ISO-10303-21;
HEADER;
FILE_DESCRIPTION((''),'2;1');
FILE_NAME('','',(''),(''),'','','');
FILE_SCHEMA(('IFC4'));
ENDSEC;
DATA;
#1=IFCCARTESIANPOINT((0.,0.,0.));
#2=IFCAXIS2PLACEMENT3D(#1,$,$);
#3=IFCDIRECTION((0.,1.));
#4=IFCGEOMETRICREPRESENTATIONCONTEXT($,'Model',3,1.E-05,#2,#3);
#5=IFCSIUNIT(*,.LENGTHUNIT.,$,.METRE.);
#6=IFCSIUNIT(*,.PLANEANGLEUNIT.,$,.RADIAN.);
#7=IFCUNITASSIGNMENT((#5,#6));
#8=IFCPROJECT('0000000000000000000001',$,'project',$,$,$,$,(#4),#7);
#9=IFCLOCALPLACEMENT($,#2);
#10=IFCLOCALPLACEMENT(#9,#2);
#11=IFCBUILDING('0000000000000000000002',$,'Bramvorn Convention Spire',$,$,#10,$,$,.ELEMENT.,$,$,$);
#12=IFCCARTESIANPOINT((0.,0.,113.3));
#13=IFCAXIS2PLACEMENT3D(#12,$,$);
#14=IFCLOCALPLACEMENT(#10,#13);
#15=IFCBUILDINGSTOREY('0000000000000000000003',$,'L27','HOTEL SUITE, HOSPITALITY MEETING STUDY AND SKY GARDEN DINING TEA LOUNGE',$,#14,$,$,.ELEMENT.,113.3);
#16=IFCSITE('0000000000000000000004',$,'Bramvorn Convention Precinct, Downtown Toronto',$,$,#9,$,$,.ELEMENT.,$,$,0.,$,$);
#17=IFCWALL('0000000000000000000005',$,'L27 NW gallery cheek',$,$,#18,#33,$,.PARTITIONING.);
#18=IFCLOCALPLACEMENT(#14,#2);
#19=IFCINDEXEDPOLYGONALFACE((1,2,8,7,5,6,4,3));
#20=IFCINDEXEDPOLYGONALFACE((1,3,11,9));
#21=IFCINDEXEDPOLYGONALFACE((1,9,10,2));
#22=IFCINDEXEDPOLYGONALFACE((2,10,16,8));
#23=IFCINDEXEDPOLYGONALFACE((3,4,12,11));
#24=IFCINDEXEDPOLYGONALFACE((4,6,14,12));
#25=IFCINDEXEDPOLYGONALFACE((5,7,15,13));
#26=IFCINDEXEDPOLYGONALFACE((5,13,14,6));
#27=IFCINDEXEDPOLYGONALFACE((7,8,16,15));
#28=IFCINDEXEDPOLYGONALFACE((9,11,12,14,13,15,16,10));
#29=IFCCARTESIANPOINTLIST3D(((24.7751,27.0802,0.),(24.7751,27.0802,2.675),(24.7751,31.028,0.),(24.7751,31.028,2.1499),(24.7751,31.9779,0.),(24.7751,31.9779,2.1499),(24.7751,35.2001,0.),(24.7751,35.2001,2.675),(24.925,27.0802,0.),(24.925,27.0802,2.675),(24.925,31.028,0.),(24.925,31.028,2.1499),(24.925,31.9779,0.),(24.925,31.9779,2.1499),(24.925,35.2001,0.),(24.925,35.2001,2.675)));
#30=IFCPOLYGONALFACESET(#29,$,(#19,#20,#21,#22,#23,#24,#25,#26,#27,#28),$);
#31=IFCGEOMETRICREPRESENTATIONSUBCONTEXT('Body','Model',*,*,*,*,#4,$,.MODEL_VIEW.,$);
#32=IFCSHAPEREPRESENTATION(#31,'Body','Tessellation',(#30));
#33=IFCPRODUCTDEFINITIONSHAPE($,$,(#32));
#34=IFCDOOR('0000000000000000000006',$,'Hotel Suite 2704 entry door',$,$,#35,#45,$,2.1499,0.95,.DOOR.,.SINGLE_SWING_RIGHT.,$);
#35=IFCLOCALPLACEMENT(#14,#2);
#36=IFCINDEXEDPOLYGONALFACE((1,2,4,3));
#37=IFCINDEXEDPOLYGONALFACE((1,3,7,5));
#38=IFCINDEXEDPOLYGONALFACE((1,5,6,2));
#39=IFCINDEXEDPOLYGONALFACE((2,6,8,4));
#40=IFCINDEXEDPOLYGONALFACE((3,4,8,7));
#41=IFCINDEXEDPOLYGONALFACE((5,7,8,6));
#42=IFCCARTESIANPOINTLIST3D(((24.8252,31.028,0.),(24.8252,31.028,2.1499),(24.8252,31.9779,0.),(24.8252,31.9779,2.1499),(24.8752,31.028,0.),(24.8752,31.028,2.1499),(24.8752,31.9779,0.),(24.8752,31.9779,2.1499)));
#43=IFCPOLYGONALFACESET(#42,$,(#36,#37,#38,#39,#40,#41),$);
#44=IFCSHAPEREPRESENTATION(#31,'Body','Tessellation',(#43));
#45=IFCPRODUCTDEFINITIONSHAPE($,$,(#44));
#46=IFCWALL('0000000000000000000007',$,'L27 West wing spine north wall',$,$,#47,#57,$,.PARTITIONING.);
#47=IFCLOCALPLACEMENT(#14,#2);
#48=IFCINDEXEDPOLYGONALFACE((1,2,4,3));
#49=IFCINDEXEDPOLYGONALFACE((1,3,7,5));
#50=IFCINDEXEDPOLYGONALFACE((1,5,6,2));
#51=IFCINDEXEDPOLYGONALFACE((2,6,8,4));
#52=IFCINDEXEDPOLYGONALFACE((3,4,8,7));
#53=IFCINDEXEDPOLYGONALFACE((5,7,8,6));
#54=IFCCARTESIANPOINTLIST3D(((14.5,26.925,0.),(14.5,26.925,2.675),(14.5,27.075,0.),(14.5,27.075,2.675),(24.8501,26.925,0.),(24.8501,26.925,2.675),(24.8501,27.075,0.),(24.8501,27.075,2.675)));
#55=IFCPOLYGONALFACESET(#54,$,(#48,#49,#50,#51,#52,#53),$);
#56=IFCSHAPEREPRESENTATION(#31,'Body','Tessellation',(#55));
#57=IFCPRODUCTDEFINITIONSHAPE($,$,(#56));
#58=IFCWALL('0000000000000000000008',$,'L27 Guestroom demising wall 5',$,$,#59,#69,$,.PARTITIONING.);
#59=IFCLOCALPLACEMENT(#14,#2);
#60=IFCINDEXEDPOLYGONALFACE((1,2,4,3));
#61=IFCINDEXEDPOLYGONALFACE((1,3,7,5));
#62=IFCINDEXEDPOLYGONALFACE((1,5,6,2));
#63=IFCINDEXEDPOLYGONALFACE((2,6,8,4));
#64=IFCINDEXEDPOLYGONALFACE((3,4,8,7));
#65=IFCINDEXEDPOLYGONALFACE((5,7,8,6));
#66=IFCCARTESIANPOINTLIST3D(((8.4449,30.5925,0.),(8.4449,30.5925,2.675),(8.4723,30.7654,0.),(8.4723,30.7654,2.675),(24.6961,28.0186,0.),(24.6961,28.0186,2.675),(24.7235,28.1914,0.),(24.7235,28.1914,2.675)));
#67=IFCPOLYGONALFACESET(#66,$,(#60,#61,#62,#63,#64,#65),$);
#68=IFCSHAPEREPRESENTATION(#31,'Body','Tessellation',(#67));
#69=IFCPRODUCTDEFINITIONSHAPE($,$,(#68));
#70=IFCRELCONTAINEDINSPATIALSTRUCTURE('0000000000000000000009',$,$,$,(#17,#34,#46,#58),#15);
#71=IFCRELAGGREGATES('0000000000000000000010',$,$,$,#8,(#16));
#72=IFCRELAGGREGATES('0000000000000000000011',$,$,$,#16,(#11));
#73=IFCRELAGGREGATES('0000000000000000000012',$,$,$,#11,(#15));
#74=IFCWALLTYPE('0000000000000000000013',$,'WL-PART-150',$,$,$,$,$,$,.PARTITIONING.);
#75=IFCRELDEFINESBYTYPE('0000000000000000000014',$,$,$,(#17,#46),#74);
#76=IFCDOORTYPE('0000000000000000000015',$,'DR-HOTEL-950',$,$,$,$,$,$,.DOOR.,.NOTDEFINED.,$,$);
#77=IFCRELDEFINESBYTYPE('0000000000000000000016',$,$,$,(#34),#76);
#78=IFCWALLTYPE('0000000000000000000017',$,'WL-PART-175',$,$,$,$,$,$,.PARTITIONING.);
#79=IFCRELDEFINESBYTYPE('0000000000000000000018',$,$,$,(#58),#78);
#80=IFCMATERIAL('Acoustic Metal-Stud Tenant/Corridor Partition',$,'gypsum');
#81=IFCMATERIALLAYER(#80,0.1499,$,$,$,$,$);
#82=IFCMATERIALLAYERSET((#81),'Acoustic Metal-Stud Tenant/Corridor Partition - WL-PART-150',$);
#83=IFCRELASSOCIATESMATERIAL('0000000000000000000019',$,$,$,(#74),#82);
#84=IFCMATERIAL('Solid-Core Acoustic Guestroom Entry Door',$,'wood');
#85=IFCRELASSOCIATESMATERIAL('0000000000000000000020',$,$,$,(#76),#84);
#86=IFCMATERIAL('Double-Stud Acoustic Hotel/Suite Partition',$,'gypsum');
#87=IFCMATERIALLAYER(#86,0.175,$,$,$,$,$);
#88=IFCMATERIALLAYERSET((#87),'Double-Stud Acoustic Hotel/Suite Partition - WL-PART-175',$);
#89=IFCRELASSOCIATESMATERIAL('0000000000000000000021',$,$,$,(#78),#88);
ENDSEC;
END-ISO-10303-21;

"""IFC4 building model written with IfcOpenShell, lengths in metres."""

from ifc_helpers import new_model, si_unit, direction, frame, frame_2d, origin, place, context, subcontext, project, spatial, rectangle, extrude, material, layer, layer_set, type_object, element, fill, save


model = new_model("IFC4")

# Units and contexts
model_context = context("Model", 3, precision=1e-05, world=origin(), true_north=direction((0.0, 1.0)))
body_context = subcontext(model_context, "Body", "Model", "MODEL_VIEW")
ifc_project = project(units=[si_unit("LENGTHUNIT", "METRE"), si_unit("PLANEANGLEUNIT", "RADIAN")], contexts=[model_context])

# Site, building, storey
site_placement = place(None, origin())
site = spatial("IfcSite", under=ifc_project, at=site_placement, Name="Bramvorn Convention Precinct, Downtown Toronto", CompositionType="ELEMENT", RefElevation=0.0)
building_placement = place(site_placement, origin())
building = spatial("IfcBuilding", under=site, at=building_placement, Name="Bramvorn Convention Spire", CompositionType="ELEMENT")
storey_placement = place(building_placement, frame((0.0, 0.0, 113.3)))
storey = spatial("IfcBuildingStorey", under=building, at=storey_placement, Name="L27", Description="HOTEL SUITE, HOSPITALITY MEETING STUDY AND SKY GARDEN DINING TEA LOUNGE", CompositionType="ELEMENT", Elevation=113.3)

# Wall, opening, door
ifc_material_1 = material(Name="Acoustic Metal-Stud Tenant/Corridor Partition", Category="gypsum")
ifc_layer_1 = layer(ifc_material_1, 0.1499)
ifc_layer_set_1 = layer_set([ifc_layer_1], Name="Acoustic Metal-Stud Tenant/Corridor Partition - WL-PART-150")
wall_type_1 = type_object("IfcWallType", Name="WL-PART-150", PredefinedType="PARTITIONING", material=ifc_layer_set_1)
wall_1_placement = place(storey_placement, frame((24.8501, 27.0801, 0.0), z_axis=(0.0, 0.0, 1.0), x_axis=(0.0, 1.0, 0.0)))
wall_1 = element("IfcWall", 1, at=wall_1_placement, inside=storey, type_object=wall_type_1, Name="L27 NW gallery cheek", PredefinedType="PARTITIONING", context=body_context, shape_type="SweptSolid", body=[
    extrude(rectangle(XDim=8.1199, YDim=0.1499, at=frame_2d((4.0601, 0.0))), origin(), (0.0, 0.0, 1.0), 2.675),
])
opening_1_placement = place(wall_1_placement, frame((3.9478, 0.0, 0.0)))
opening_1 = element("IfcOpeningElement", 2, at=opening_1_placement, cuts=wall_1, PredefinedType="OPENING", context=body_context, shape_type="SweptSolid", body=[
    extrude(rectangle(XDim=0.95, YDim=2.1499, at=frame_2d((0.4751, 1.075))), frame((0.0, 0.085, 0.0), z_axis=(0.0, -1.0, 0.0), x_axis=(1.0, 0.0, 0.0)), (0.0, 0.0, 1.0), 0.1699),
])
ifc_material_2 = material(Name="Solid-Core Acoustic Guestroom Entry Door", Category="wood")
door_type_1 = type_object("IfcDoorType", Name="DR-HOTEL-950", OperationType="NOTDEFINED", PredefinedType="DOOR", material=ifc_material_2)
door_1_placement = place(opening_1_placement, origin())
door_1 = element("IfcDoor", 3, at=door_1_placement, inside=storey, type_object=door_type_1, Name="Hotel Suite 2704 entry door", OperationType="SINGLE_SWING_RIGHT", OverallHeight=2.1499, OverallWidth=0.95, PredefinedType="DOOR", context=body_context, shape_type="SweptSolid", body=[
    extrude(rectangle(XDim=0.95, YDim=2.1499, at=frame_2d((0.4751, 1.075))), frame((0.0, 0.0249, 0.0), z_axis=(0.0, -1.0, 0.0), x_axis=(1.0, 0.0, 0.0)), (0.0, 0.0, 1.0), 0.05),
])
fill(opening_1, door_1)

# Walls
wall_2_placement = place(storey_placement, frame((14.5, 27.0, 0.0), z_axis=(0.0, 0.0, 1.0), x_axis=(1.0, 0.0, 0.0)))
element("IfcWall", 4, at=wall_2_placement, inside=storey, type_object=wall_type_1, Name="L27 West wing spine north wall", PredefinedType="PARTITIONING", context=body_context, shape_type="SweptSolid", body=[
    extrude(rectangle(XDim=10.3501, YDim=0.1499, at=frame_2d((5.175, 0.0))), origin(), (0.0, 0.0, 1.0), 2.675),
])
ifc_material_3 = material(Name="Double-Stud Acoustic Hotel/Suite Partition", Category="gypsum")
ifc_layer_2 = layer(ifc_material_3, 0.175)
ifc_layer_set_2 = layer_set([ifc_layer_2], Name="Double-Stud Acoustic Hotel/Suite Partition - WL-PART-175")
wall_type_2 = type_object("IfcWallType", Name="WL-PART-175", PredefinedType="PARTITIONING", material=ifc_layer_set_2)
wall_3_placement = place(storey_placement, frame((24.71, 28.105, 0.0), z_axis=(0.0, 0.0, 1.0), x_axis=(-0.987688, 0.156436, 0.0)))
element("IfcWall", 5, at=wall_3_placement, inside=storey, type_object=wall_type_2, Name="L27 Guestroom demising wall 5", PredefinedType="PARTITIONING", context=body_context, shape_type="SweptSolid", body=[
    extrude(rectangle(XDim=16.4539, YDim=0.175, at=frame_2d((8.2271, 0.0))), origin(), (0.0, 0.0, 1.0), 2.675),
])

save(model, "model.ifc")
